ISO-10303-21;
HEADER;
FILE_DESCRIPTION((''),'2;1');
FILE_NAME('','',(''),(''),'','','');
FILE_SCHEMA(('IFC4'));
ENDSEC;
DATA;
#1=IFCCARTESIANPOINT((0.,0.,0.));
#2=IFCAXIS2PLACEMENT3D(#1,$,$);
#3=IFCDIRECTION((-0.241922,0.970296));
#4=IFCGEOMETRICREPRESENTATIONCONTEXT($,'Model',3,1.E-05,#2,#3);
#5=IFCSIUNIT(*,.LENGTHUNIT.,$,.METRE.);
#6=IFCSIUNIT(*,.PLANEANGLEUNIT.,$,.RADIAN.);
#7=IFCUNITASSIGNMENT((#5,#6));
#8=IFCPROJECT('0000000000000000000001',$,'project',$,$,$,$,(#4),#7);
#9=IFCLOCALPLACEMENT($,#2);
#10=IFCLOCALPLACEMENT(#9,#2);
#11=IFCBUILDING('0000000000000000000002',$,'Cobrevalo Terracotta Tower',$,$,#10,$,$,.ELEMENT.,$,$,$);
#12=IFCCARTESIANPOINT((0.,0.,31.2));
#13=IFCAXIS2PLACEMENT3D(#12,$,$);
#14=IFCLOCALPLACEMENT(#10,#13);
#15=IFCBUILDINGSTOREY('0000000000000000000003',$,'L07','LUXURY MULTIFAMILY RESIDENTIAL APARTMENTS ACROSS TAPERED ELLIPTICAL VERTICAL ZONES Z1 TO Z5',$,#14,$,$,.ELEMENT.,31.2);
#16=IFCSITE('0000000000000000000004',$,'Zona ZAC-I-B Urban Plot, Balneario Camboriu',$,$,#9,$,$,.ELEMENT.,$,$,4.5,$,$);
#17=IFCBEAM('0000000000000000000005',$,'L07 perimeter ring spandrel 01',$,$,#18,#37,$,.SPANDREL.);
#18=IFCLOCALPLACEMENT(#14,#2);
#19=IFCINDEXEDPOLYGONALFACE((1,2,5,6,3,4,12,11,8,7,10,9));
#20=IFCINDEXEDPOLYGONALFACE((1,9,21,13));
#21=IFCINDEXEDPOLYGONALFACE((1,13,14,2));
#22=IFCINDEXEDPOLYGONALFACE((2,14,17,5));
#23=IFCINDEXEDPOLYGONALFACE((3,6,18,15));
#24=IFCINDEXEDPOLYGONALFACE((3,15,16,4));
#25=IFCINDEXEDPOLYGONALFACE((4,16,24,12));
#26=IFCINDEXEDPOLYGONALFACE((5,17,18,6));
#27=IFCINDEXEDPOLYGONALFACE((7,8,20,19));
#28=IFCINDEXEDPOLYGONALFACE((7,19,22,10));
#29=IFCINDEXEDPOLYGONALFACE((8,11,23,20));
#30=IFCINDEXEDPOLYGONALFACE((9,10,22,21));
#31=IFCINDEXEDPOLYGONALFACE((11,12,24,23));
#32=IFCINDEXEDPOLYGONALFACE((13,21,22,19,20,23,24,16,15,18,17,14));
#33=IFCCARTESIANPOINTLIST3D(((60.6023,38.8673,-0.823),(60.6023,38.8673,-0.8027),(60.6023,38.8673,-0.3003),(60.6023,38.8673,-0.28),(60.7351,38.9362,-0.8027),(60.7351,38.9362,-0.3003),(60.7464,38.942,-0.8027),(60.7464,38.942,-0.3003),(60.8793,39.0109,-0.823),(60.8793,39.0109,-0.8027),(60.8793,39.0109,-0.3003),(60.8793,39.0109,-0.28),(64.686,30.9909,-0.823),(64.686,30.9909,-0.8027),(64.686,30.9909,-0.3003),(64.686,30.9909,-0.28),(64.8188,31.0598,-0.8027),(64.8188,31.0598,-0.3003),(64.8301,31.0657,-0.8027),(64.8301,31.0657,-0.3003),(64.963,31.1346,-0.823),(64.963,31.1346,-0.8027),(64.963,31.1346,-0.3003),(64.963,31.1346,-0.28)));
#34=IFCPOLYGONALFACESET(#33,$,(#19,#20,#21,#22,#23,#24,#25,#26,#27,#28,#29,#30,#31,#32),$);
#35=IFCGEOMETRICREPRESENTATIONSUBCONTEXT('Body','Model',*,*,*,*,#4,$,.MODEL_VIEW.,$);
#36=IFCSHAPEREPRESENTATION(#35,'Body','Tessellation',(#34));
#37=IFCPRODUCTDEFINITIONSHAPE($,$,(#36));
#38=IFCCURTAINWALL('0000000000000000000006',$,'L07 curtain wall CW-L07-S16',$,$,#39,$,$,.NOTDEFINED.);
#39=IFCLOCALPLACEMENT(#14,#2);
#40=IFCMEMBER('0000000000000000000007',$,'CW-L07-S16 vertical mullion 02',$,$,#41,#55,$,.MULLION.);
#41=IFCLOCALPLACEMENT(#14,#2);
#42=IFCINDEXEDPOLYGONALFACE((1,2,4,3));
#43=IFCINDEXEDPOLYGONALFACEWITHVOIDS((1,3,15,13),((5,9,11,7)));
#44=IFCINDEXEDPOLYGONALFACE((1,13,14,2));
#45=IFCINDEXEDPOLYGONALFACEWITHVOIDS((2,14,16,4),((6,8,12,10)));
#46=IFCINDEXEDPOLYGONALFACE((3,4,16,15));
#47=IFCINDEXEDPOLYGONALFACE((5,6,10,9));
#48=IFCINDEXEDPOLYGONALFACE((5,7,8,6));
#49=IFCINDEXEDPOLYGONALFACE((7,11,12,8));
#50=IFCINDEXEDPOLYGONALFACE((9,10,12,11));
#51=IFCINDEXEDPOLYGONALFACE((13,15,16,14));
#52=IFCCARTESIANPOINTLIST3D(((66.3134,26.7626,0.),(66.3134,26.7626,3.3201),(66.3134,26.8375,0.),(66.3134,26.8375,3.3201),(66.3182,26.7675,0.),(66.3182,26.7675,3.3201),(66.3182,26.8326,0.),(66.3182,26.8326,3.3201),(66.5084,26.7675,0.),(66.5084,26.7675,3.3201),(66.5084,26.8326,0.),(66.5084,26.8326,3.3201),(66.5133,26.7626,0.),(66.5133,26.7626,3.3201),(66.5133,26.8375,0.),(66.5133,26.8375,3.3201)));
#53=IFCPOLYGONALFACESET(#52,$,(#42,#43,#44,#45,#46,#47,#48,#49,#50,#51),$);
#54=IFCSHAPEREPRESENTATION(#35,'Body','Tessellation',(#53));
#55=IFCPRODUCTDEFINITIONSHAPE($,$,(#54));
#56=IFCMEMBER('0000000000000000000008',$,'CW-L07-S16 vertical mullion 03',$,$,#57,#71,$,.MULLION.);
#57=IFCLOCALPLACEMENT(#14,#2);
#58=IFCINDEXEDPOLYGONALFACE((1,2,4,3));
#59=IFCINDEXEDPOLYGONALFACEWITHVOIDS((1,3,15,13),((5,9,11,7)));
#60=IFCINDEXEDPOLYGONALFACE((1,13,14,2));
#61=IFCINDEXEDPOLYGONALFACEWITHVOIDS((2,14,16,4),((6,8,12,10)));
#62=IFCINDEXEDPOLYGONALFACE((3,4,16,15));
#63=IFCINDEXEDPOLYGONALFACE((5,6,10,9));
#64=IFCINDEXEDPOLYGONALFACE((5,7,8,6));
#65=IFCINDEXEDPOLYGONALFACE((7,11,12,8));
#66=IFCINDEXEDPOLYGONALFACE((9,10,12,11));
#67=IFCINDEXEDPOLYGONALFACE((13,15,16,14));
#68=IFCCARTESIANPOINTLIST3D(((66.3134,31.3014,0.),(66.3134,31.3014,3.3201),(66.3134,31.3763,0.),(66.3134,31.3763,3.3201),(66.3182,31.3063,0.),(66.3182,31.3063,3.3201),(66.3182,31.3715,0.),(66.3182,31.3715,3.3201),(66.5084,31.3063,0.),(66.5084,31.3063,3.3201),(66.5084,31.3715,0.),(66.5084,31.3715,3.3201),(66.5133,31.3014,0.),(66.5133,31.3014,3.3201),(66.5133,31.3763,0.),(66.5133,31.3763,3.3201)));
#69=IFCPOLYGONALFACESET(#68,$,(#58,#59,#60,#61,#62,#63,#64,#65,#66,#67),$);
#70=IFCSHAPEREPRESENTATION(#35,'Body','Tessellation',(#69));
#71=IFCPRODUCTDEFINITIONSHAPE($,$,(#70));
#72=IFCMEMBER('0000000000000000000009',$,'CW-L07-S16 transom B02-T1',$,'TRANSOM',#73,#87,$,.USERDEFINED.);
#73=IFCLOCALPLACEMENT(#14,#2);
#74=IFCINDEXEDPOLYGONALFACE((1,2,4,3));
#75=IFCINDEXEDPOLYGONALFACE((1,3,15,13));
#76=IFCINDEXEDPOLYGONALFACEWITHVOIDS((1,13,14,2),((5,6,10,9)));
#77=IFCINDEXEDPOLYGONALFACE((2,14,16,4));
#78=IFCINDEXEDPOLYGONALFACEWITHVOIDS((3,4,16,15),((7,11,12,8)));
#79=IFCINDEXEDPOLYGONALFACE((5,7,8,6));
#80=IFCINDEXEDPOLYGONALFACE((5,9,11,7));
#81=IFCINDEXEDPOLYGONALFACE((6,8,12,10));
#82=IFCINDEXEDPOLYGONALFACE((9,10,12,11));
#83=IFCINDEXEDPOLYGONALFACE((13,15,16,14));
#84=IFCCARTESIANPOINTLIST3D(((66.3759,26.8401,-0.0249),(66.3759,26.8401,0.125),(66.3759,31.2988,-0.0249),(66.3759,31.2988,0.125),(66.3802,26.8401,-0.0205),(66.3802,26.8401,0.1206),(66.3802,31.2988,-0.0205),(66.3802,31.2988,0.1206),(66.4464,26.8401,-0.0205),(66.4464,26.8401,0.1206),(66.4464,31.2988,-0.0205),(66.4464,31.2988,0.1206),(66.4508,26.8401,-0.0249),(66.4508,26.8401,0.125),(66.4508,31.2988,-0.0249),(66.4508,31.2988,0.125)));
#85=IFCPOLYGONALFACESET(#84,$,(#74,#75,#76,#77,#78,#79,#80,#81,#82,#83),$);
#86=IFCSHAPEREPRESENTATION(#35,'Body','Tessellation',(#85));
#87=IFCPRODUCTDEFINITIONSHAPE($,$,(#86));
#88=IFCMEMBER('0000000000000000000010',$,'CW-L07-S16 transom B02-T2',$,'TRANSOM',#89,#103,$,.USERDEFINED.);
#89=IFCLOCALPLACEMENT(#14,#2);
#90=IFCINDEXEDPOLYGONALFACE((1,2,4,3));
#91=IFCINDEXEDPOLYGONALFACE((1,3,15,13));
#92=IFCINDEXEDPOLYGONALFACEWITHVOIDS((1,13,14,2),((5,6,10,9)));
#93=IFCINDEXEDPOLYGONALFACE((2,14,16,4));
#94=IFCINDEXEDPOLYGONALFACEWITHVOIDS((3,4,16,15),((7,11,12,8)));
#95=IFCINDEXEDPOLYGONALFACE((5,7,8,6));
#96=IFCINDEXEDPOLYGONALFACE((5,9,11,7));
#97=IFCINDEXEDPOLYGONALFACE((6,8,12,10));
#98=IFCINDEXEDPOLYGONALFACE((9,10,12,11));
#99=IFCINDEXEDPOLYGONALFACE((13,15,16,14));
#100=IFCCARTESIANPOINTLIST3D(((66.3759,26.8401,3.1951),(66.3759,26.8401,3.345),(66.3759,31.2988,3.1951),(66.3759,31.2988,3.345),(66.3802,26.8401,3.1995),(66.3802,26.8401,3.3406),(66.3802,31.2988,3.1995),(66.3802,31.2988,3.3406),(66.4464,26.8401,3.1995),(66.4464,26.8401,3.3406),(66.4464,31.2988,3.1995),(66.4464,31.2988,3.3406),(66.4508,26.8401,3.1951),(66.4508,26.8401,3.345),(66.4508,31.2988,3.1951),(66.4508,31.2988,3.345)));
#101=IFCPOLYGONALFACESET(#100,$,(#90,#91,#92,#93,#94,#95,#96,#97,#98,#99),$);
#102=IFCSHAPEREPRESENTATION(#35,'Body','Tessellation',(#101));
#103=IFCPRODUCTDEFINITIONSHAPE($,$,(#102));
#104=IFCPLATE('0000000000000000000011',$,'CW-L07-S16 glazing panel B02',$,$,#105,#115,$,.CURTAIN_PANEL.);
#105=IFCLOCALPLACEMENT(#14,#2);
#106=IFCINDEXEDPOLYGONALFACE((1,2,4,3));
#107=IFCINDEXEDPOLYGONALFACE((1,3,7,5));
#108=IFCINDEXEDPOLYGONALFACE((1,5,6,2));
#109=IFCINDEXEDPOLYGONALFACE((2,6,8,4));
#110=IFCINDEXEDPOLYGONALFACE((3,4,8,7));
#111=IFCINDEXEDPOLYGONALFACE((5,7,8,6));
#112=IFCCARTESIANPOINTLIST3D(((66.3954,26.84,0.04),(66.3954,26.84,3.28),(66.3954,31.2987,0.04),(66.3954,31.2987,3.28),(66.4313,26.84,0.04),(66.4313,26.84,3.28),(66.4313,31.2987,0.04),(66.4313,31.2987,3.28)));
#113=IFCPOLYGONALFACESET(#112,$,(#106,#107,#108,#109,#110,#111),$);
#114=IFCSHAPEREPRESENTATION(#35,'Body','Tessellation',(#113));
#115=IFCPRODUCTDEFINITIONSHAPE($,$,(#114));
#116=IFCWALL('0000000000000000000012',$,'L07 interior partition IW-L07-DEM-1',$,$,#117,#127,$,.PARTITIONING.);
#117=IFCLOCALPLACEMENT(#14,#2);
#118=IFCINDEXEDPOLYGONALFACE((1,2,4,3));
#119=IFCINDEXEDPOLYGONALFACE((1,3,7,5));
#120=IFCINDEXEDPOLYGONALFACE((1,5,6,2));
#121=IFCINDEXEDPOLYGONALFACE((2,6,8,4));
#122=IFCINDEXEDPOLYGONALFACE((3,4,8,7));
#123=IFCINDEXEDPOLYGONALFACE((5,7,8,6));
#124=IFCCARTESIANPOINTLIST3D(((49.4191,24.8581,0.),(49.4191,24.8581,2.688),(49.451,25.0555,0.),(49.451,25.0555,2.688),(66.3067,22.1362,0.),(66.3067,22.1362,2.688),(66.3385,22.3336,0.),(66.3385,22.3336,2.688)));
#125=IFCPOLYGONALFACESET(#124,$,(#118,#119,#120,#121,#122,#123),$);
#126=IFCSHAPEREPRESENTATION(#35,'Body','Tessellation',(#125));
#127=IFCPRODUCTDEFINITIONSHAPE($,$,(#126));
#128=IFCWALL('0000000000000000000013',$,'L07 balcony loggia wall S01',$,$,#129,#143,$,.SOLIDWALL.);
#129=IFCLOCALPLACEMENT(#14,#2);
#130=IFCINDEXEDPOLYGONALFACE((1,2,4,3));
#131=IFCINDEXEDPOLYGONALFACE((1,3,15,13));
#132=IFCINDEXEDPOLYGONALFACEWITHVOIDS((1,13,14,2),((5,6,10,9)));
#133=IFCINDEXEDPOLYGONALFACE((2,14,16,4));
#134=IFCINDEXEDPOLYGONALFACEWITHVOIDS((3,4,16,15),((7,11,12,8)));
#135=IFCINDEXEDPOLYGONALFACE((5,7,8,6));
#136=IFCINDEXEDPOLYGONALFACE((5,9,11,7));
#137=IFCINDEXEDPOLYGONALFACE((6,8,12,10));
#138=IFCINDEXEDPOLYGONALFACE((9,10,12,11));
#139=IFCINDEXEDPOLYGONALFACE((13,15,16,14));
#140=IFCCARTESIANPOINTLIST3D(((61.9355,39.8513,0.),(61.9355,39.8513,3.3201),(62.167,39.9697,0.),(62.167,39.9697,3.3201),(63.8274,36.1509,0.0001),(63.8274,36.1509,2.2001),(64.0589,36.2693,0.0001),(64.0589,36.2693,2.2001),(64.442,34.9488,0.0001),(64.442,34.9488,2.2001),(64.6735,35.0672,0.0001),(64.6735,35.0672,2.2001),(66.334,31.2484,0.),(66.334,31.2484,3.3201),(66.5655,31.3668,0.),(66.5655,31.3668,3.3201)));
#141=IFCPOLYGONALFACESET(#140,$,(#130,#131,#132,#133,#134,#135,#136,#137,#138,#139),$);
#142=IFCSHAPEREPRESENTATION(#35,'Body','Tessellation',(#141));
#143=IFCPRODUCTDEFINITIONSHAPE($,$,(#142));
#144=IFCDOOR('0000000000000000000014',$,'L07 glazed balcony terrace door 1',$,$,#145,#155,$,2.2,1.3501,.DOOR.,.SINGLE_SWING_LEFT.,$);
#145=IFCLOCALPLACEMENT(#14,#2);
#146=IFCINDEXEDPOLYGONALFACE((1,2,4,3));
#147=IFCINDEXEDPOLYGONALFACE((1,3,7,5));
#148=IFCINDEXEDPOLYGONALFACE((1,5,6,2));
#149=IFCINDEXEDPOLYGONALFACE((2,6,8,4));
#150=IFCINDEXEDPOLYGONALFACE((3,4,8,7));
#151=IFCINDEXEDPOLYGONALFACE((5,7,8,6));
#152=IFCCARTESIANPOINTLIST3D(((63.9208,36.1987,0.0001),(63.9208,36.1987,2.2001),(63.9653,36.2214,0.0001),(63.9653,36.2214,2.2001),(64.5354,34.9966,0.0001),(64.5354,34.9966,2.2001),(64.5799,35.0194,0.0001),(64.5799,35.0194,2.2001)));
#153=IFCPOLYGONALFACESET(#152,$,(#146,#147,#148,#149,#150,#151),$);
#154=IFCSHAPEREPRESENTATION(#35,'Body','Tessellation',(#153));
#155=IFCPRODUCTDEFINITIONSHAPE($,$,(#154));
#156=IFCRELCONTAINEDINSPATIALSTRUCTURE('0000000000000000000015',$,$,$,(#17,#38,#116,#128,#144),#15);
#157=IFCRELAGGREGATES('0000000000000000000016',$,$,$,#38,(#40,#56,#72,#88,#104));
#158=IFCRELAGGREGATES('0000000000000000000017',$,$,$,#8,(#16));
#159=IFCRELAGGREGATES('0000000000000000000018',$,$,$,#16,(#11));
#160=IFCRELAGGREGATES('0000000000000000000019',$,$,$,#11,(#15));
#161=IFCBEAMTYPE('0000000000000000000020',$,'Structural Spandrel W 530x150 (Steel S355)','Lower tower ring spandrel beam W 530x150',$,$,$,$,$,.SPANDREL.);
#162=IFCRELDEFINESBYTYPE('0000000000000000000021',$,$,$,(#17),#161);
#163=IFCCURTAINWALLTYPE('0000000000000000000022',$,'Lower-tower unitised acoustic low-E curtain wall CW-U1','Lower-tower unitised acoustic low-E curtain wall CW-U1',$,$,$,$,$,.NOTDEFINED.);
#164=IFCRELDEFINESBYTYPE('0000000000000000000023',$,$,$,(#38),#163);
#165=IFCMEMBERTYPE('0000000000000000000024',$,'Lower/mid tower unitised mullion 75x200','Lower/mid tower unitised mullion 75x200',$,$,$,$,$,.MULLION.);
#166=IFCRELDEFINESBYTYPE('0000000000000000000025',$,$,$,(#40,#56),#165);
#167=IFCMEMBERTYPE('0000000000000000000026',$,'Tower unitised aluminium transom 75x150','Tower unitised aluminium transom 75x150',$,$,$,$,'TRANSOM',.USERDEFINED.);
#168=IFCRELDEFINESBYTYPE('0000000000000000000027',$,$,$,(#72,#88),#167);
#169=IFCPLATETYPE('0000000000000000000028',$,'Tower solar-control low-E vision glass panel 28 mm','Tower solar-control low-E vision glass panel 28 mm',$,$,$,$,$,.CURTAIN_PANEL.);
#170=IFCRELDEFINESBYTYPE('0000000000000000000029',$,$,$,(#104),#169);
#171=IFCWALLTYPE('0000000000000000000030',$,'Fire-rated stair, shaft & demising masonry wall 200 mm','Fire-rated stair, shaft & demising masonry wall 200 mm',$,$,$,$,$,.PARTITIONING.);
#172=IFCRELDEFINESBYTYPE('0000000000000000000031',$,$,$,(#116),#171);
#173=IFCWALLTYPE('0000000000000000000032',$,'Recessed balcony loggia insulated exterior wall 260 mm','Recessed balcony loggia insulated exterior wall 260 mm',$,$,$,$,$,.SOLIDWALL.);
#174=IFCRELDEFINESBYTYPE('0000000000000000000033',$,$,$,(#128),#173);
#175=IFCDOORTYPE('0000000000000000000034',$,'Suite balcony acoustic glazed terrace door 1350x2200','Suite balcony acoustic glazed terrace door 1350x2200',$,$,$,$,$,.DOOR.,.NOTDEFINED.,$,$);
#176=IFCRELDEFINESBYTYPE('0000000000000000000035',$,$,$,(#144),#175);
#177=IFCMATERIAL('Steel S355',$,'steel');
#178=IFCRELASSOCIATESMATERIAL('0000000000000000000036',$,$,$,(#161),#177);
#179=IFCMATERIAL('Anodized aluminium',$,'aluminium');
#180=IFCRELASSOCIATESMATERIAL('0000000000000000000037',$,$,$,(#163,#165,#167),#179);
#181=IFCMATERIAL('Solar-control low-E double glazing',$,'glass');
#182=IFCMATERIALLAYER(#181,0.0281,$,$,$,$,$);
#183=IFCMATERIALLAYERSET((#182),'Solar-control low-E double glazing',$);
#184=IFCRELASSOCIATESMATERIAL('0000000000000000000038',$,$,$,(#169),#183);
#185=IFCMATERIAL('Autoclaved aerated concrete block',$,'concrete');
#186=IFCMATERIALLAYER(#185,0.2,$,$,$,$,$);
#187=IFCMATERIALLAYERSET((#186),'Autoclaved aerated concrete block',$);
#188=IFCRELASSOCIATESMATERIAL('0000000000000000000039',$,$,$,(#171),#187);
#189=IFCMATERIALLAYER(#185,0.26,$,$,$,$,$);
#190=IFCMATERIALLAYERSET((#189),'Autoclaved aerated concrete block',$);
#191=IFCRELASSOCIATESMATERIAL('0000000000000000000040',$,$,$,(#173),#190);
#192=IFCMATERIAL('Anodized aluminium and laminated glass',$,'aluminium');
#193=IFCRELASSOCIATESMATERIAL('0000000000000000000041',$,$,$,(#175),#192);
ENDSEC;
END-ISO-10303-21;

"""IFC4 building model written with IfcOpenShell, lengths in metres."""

from ifc_helpers import new_model, si_unit, direction, frame, frame_2d, origin, origin_2d, place, context, subcontext, project, spatial, rectangle, hollow_rectangle, i_section, extrude, source, transform, mapped, material, layer, layer_set, material_profile, profile_set, type_object, element, fill, aggregate, save


model = new_model("IFC4")

# Units and contexts
model_context = context("Model", 3, precision=1e-05, world=origin(), true_north=direction((-0.241922, 0.970296)))
body_context = subcontext(model_context, "Body", "Model", "MODEL_VIEW")
ifc_project = project(units=[si_unit("LENGTHUNIT", "METRE"), si_unit("PLANEANGLEUNIT", "RADIAN")], contexts=[model_context])

# Site, building, storey
site_placement = place(None, origin())
site = spatial("IfcSite", under=ifc_project, at=site_placement, Name="Zona ZAC-I-B Urban Plot, Balneario Camboriu", CompositionType="ELEMENT", RefElevation=4.5)
building_placement = place(site_placement, origin())
building = spatial("IfcBuilding", under=site, at=building_placement, Name="Cobrevalo Terracotta Tower", CompositionType="ELEMENT")
storey_placement = place(building_placement, frame((0.0, 0.0, 31.2)))
storey = spatial("IfcBuildingStorey", under=building, at=storey_placement, Name="L07", Description="LUXURY MULTIFAMILY RESIDENTIAL APARTMENTS ACROSS TAPERED ELLIPTICAL VERTICAL ZONES Z1 TO Z5", CompositionType="ELEMENT", Elevation=31.2)

# Shared definitions
ifc_material_1 = material(Name="Steel S355", Category="steel")

# Beam
ifc_material_profile_1 = material_profile(ifc_material_1, i_section(OverallWidth=0.312, OverallDepth=0.543, WebThickness=0.0127, FlangeThickness=0.0203, at=origin_2d()), Name="W 530x150")
ifc_profile_set_1 = profile_set([ifc_material_profile_1], Name="Steel S355")
beam_type_1 = type_object("IfcBeamType", Name="Structural Spandrel W 530x150 (Steel S355)", Description="Lower tower ring spandrel beam W 530x150", PredefinedType="SPANDREL", material=ifc_profile_set_1)
beam_1_placement = place(storey_placement, frame((64.8245, 31.0627, -0.5515), z_axis=(-0.460286, 0.887771, 0.0), x_axis=(-0.887771, -0.460286, 0.0)))
element("IfcBeam", 1, at=beam_1_placement, inside=storey, type_object=beam_type_1, Name="L07 perimeter ring spandrel 01", PredefinedType="SPANDREL", context=body_context, shape_type="SweptSolid", body=[
    extrude(i_section(OverallWidth=0.312, OverallDepth=0.543, WebThickness=0.0127, FlangeThickness=0.0203, at=origin_2d()), origin(), (0.0, 0.0, 1.0), 8.8721),
])

# Curtain wall, members, plate
ifc_material_2 = material(Name="Anodized aluminium", Category="aluminium")
curtain_wall_type = type_object("IfcCurtainWallType", Name="Lower-tower unitised acoustic low-E curtain wall CW-U1", Description="Lower-tower unitised acoustic low-E curtain wall CW-U1", PredefinedType="NOTDEFINED", material=ifc_material_2)
curtain_wall_placement = place(storey_placement, origin())
curtain_wall = element("IfcCurtainWall", 2, at=curtain_wall_placement, inside=storey, type_object=curtain_wall_type, Name="L07 curtain wall CW-L07-S16", PredefinedType="NOTDEFINED")
ifc_material_profile_2 = material_profile(ifc_material_2, hollow_rectangle(XDim=0.075, YDim=0.2, WallThickness=0.0049, at=origin_2d()), Name="CWM 75x200")
ifc_profile_set_2 = profile_set([ifc_material_profile_2], Name="Anodized aluminium")
member_type_1 = type_object("IfcMemberType", Name="Lower/mid tower unitised mullion 75x200", Description="Lower/mid tower unitised mullion 75x200", PredefinedType="MULLION", material=ifc_profile_set_2)
shared_shape_1 = source(origin(), body_context, "Body", "SweptSolid", [
    extrude(hollow_rectangle(XDim=0.075, YDim=0.2, WallThickness=0.0049, at=origin_2d()), origin(), (0.0, 0.0, 1.0), 3.3201),
])
member_1_placement = place(storey_placement, frame((66.4133, 26.8, 0.0), z_axis=(0.0, 0.0, 1.0), x_axis=(0.0, 1.0, 0.0)))
member_1 = element("IfcMember", 3, at=member_1_placement, type_object=member_type_1, Name="CW-L07-S16 vertical mullion 02", PredefinedType="MULLION", context=body_context, shape_type="MappedRepresentation", body=[
    mapped(shared_shape_1, transform((0.0, 0.0, 0.0), scale=1.0)),
])
member_2_placement = place(storey_placement, frame((66.4133, 31.3389, 0.0), z_axis=(0.0, 0.0, 1.0), x_axis=(0.0, 1.0, 0.0)))
member_2 = element("IfcMember", 4, at=member_2_placement, type_object=member_type_1, Name="CW-L07-S16 vertical mullion 03", PredefinedType="MULLION", context=body_context, shape_type="MappedRepresentation", body=[
    mapped(shared_shape_1, transform((0.0, 0.0, 0.0), scale=1.0)),
])
ifc_material_profile_3 = material_profile(ifc_material_2, hollow_rectangle(XDim=0.075, YDim=0.1499, WallThickness=0.0044, at=origin_2d()), Name="CWT 75x150")
ifc_profile_set_3 = profile_set([ifc_material_profile_3], Name="Anodized aluminium")
member_type_2 = type_object("IfcMemberType", Name="Tower unitised aluminium transom 75x150", Description="Tower unitised aluminium transom 75x150", ElementType="TRANSOM", PredefinedType="USERDEFINED", material=ifc_profile_set_3)
shared_shape_2 = source(origin(), body_context, "Body", "SweptSolid", [
    extrude(hollow_rectangle(XDim=0.075, YDim=0.1499, WallThickness=0.0044, at=origin_2d()), origin(), (0.0, 0.0, 1.0), 4.4587),
])
member_3_placement = place(storey_placement, frame((66.4133, 26.8401, 0.05), z_axis=(0.0, 1.0, 0.0), x_axis=(-1.0, 0.0, 0.0)))
member_3 = element("IfcMember", 5, at=member_3_placement, type_object=member_type_2, Name="CW-L07-S16 transom B02-T1", ObjectType="TRANSOM", PredefinedType="USERDEFINED", context=body_context, shape_type="MappedRepresentation", body=[
    mapped(shared_shape_2, transform((0.0, 0.0, 0.0), scale=1.0)),
])
member_4_placement = place(storey_placement, frame((66.4133, 26.8401, 3.27), z_axis=(0.0, 1.0, 0.0), x_axis=(-1.0, 0.0, 0.0)))
member_4 = element("IfcMember", 6, at=member_4_placement, type_object=member_type_2, Name="CW-L07-S16 transom B02-T2", ObjectType="TRANSOM", PredefinedType="USERDEFINED", context=body_context, shape_type="MappedRepresentation", body=[
    mapped(shared_shape_2, transform((0.0, 0.0, 0.0), scale=1.0)),
])
ifc_material_3 = material(Name="Solar-control low-E double glazing", Category="glass")
ifc_layer_1 = layer(ifc_material_3, 0.0281)
ifc_layer_set_1 = layer_set([ifc_layer_1], Name="Solar-control low-E double glazing")
plate_type = type_object("IfcPlateType", Name="Tower solar-control low-E vision glass panel 28 mm", Description="Tower solar-control low-E vision glass panel 28 mm", PredefinedType="CURTAIN_PANEL", material=ifc_layer_set_1)
shared_shape_3 = source(origin(), body_context, "Body", "SweptSolid", [
    extrude(rectangle(XDim=4.4587, YDim=0.0359, at=origin_2d()), origin(), (0.0, 0.0, 1.0), 3.24),
])
plate_placement = place(storey_placement, frame((66.4133, 29.0693, 0.04), z_axis=(0.0, 0.0, 1.0), x_axis=(0.0, 1.0, 0.0)))
plate = element("IfcPlate", 7, at=plate_placement, type_object=plate_type, Name="CW-L07-S16 glazing panel B02", PredefinedType="CURTAIN_PANEL", context=body_context, shape_type="MappedRepresentation", body=[
    mapped(shared_shape_3, transform((0.0, 0.0, 0.0), scale=1.0)),
])
aggregate(curtain_wall, [member_1, member_2, member_3, member_4, plate])

# Wall
ifc_material_4 = material(Name="Autoclaved aerated concrete block", Category="concrete")
ifc_layer_2 = layer(ifc_material_4, 0.2)
ifc_layer_set_2 = layer_set([ifc_layer_2], Name="Autoclaved aerated concrete block")
wall_type_1 = type_object("IfcWallType", Name="Fire-rated stair, shaft & demising masonry wall 200 mm", Description="Fire-rated stair, shaft & demising masonry wall 200 mm", PredefinedType="PARTITIONING", material=ifc_layer_set_2)
wall_1_placement = place(storey_placement, frame((49.4351, 24.9568, 0.0), z_axis=(0.0, 0.0, 1.0), x_axis=(0.987258, -0.159127, 0.0)))
element("IfcWall", 8, at=wall_1_placement, inside=storey, type_object=wall_type_1, Name="L07 interior partition IW-L07-DEM-1", PredefinedType="PARTITIONING", context=body_context, shape_type="SweptSolid", body=[
    extrude(rectangle(XDim=17.1055, YDim=0.2, at=frame_2d((8.5527, 0.0))), origin(), (0.0, 0.0, 1.0), 2.688),
])

# Wall, opening, door
ifc_layer_3 = layer(ifc_material_4, 0.26)
ifc_layer_set_3 = layer_set([ifc_layer_3], Name="Autoclaved aerated concrete block")
wall_type_2 = type_object("IfcWallType", Name="Recessed balcony loggia insulated exterior wall 260 mm", Description="Recessed balcony loggia insulated exterior wall 260 mm", PredefinedType="SOLIDWALL", material=ifc_layer_set_3)
wall_2_placement = place(storey_placement, frame((66.4497, 31.3076, 0.0), z_axis=(0.0, 0.0, 1.0), x_axis=(-0.455231, 0.890373, 0.0)))
wall_2 = element("IfcWall", 9, at=wall_2_placement, inside=storey, type_object=wall_type_2, Name="L07 balcony loggia wall S01", PredefinedType="SOLIDWALL", context=body_context, shape_type="SweptSolid", body=[
    extrude(rectangle(XDim=9.6621, YDim=0.26, at=frame_2d((4.8311, 0.0))), origin(), (0.0, 0.0, 1.0), 3.3201),
])
opening_1_placement = place(wall_2_placement, frame((4.156, 0.0, 0.0)))
opening_1 = element("IfcOpeningElement", 10, at=opening_1_placement, cuts=wall_2, PredefinedType="OPENING", context=body_context, shape_type="SweptSolid", body=[
    extrude(rectangle(XDim=1.3501, YDim=2.2, at=frame_2d((0.675, 1.1001))), frame((0.0, 0.1401, 0.0), z_axis=(0.0, -1.0, 0.0), x_axis=(1.0, 0.0, 0.0)), (0.0, 0.0, 1.0), 0.28),
])
ifc_material_5 = material(Name="Anodized aluminium and laminated glass", Category="aluminium")
door_type_1 = type_object("IfcDoorType", Name="Suite balcony acoustic glazed terrace door 1350x2200", Description="Suite balcony acoustic glazed terrace door 1350x2200", OperationType="NOTDEFINED", PredefinedType="DOOR", material=ifc_material_5)
shared_shape_4 = source(origin(), body_context, "Body", "SweptSolid", [
    extrude(rectangle(XDim=1.3501, YDim=2.2, at=frame_2d((0.675, 1.1001))), frame((0.0, 0.0249, 0.0), z_axis=(0.0, -1.0, 0.0), x_axis=(1.0, 0.0, 0.0)), (0.0, 0.0, 1.0), 0.05),
])
door_1_placement = place(opening_1_placement, frame((1.3501, 0.0, 0.0), z_axis=(0.0, 0.0, 1.0), x_axis=(-1.0, 0.0, 0.0)))
door_1 = element("IfcDoor", 11, at=door_1_placement, inside=storey, type_object=door_type_1, Name="L07 glazed balcony terrace door 1", OperationType="SINGLE_SWING_LEFT", OverallHeight=2.2, OverallWidth=1.3501, PredefinedType="DOOR", context=body_context, shape_type="MappedRepresentation", body=[
    mapped(shared_shape_4, transform((0.0, 0.0, 0.0), scale=1.0)),
])
fill(opening_1, door_1)

save(model, "model.ifc")
